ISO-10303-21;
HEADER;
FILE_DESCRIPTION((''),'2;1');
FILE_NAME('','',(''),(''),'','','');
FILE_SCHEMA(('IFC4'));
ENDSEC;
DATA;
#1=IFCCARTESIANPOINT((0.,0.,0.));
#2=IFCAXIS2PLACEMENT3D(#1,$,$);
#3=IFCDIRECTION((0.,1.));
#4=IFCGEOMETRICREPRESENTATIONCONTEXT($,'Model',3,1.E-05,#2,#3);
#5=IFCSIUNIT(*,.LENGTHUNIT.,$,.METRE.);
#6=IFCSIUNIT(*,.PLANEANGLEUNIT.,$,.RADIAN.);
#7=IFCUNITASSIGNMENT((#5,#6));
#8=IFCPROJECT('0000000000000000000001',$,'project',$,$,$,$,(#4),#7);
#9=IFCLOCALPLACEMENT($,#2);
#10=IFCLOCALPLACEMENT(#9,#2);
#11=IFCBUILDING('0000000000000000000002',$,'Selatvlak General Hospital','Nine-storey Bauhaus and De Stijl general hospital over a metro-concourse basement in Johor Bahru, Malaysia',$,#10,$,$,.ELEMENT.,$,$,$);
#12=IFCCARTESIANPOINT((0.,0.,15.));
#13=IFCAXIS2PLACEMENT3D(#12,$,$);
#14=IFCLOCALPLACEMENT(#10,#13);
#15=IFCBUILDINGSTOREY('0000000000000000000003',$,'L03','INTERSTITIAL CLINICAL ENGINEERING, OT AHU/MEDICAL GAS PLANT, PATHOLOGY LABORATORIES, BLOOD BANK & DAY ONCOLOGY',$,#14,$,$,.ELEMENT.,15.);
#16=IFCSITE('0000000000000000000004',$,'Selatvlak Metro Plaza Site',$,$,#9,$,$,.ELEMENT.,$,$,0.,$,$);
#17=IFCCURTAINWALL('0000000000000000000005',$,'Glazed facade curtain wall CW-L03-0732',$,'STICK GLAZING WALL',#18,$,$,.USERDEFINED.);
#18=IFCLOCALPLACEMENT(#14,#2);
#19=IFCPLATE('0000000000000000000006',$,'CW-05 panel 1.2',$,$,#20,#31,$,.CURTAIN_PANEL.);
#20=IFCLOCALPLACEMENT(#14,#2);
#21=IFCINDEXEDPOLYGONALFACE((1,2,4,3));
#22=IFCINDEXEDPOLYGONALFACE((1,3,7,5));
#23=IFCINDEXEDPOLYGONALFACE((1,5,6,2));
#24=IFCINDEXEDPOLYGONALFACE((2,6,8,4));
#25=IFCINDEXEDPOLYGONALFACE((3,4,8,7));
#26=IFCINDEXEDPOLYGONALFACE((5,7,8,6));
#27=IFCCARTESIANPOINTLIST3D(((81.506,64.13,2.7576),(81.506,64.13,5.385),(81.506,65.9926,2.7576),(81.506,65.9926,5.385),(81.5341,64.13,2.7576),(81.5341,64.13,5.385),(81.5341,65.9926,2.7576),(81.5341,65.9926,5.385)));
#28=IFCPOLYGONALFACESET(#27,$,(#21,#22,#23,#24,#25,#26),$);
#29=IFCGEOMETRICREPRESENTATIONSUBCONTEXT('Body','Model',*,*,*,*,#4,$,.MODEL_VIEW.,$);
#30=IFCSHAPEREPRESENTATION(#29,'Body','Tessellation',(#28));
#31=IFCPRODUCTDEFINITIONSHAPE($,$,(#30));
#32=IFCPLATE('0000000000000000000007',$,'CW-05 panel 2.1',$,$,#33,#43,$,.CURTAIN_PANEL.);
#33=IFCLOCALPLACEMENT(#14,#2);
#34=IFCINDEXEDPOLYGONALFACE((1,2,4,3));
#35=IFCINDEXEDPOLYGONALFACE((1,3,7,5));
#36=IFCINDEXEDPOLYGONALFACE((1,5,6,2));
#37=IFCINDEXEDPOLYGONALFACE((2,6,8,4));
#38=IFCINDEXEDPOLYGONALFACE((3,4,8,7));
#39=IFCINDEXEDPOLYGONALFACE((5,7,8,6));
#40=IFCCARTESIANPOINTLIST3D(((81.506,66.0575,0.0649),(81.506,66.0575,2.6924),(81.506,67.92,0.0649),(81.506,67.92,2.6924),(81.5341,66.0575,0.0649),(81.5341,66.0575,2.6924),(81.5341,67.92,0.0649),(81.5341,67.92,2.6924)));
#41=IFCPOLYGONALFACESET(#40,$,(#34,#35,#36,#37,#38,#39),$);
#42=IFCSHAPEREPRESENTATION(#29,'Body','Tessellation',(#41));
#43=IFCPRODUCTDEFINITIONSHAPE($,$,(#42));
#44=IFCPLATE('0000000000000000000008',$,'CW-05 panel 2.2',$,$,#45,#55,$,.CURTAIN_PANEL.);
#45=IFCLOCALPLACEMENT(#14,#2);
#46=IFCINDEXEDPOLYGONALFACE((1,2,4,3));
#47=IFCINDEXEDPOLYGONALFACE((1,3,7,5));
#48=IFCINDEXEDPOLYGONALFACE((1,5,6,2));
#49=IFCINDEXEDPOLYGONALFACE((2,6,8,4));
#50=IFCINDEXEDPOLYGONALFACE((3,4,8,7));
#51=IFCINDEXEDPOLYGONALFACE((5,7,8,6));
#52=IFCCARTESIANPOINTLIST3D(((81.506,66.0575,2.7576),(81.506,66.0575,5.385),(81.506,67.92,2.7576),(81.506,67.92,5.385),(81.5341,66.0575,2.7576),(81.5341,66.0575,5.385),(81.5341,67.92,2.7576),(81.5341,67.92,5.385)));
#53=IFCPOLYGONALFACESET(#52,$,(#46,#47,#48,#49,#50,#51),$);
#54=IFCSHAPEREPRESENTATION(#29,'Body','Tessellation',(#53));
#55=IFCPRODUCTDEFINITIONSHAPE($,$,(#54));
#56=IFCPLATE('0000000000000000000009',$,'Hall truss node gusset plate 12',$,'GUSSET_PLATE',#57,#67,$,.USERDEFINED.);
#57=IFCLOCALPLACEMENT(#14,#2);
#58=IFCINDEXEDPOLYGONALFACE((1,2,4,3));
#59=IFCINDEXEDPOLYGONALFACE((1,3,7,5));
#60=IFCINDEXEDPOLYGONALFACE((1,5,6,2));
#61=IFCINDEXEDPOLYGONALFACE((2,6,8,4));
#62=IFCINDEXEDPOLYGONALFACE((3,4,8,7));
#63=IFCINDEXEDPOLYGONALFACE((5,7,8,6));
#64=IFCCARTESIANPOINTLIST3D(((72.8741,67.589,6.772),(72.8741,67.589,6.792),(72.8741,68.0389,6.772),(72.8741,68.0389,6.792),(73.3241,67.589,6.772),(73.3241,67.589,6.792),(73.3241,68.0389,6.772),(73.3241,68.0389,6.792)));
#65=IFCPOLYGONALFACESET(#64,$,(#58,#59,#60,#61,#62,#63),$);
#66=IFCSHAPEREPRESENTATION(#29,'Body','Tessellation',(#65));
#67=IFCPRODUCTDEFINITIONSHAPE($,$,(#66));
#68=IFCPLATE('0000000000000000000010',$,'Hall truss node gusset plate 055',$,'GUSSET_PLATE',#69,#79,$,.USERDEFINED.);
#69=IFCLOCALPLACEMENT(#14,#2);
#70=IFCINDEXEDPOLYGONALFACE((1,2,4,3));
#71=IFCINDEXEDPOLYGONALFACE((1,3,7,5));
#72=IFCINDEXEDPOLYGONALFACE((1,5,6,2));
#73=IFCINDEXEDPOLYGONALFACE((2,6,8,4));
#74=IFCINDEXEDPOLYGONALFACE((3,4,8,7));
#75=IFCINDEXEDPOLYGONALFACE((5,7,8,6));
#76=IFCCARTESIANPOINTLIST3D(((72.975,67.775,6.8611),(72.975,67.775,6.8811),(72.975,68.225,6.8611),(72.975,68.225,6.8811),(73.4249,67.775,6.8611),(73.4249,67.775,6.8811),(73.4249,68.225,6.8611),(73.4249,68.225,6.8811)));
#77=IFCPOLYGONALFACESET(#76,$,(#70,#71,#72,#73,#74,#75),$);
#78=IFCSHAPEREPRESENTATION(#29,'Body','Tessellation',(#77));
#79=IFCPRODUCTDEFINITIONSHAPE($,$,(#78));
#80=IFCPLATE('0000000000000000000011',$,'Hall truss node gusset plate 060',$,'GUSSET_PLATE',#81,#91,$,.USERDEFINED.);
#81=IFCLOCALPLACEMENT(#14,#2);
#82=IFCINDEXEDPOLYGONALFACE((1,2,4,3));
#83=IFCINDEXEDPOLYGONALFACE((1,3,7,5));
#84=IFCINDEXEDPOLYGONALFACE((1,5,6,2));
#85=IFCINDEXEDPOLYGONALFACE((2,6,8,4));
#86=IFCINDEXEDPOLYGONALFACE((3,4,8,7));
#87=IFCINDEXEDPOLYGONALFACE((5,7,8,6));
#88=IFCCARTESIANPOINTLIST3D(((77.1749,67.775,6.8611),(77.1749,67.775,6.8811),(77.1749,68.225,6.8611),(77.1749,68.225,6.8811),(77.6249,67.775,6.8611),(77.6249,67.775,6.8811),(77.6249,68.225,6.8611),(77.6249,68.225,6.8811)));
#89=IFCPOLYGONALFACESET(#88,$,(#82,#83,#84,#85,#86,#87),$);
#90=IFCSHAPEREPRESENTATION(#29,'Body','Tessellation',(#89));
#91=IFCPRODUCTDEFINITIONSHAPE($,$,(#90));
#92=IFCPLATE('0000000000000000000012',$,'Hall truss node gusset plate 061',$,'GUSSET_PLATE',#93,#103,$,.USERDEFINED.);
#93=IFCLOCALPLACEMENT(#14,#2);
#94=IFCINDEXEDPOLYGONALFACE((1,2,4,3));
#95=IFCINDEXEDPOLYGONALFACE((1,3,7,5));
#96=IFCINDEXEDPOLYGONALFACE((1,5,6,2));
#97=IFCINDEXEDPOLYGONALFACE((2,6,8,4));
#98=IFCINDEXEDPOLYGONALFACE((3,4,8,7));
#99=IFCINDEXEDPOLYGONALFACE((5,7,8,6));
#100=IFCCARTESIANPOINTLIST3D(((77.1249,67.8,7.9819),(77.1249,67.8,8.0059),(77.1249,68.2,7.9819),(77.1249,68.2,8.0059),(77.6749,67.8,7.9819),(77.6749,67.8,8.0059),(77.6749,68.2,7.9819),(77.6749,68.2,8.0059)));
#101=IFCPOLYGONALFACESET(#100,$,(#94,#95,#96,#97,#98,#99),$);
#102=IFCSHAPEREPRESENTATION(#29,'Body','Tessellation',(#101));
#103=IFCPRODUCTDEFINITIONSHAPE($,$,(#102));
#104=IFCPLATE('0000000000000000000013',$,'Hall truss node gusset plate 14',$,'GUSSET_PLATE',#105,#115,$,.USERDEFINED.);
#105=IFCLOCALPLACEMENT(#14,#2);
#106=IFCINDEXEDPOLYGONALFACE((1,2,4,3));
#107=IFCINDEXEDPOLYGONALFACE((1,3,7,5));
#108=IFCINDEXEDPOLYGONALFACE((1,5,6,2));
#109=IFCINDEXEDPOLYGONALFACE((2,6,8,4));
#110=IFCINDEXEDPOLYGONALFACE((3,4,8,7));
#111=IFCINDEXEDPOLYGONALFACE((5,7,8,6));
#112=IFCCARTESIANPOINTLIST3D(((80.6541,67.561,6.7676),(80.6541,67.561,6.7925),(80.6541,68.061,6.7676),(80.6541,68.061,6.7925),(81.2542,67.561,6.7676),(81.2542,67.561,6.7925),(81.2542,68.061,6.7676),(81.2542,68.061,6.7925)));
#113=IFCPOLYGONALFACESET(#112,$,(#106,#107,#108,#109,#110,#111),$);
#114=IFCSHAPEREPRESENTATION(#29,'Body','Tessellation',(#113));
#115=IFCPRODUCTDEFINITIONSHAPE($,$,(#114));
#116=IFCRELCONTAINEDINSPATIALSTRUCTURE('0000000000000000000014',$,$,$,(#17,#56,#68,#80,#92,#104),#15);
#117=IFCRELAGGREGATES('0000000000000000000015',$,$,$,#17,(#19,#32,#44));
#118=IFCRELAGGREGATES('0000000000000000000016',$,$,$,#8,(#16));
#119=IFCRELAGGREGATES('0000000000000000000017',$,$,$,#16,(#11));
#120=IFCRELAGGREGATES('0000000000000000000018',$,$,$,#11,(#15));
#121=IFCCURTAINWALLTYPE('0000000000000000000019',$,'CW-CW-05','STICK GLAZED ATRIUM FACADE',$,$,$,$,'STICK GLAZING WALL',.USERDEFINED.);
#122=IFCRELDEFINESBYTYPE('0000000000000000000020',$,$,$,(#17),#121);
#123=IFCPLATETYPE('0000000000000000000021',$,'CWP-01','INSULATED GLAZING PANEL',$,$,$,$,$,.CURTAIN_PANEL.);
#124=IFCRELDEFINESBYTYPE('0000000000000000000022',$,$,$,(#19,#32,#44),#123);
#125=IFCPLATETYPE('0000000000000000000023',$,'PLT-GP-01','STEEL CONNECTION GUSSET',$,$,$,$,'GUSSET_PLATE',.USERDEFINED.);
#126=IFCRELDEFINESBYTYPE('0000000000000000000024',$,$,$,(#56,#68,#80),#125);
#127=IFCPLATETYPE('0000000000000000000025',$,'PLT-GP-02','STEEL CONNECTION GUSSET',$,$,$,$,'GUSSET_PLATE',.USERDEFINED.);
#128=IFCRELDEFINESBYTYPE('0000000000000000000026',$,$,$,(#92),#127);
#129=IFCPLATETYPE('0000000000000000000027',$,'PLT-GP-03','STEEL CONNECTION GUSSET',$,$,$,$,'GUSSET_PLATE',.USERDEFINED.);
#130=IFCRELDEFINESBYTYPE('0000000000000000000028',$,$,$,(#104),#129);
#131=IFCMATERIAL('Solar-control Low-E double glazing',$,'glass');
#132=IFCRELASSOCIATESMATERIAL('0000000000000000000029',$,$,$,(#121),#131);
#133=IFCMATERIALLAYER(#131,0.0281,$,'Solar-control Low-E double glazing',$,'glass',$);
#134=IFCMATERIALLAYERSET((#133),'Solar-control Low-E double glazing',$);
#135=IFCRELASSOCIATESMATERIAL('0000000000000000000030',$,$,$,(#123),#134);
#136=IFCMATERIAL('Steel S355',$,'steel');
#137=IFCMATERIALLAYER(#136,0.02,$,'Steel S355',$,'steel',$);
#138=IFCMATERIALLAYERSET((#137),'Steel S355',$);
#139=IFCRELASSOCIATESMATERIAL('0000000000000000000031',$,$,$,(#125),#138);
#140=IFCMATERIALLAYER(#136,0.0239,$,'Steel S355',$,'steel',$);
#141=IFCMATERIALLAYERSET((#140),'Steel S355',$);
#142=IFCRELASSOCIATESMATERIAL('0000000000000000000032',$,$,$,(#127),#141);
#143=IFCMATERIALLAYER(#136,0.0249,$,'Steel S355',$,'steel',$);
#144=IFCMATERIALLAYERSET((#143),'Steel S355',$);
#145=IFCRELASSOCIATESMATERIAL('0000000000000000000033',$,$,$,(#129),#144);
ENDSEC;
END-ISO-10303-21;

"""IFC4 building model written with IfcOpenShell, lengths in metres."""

from ifc_helpers import new_model, si_unit, direction, frame, origin, origin_2d, place, context, subcontext, project, spatial, rectangle, extrude, material, layer, layer_set, type_object, element, aggregate, save


model = new_model("IFC4")

# Units and contexts
model_context = context("Model", 3, precision=1e-05, world=origin(), true_north=direction((0.0, 1.0)))
body_context = subcontext(model_context, "Body", "Model", "MODEL_VIEW")
ifc_project = project(units=[si_unit("LENGTHUNIT", "METRE"), si_unit("PLANEANGLEUNIT", "RADIAN")], contexts=[model_context])

# Site, building, storey
site_placement = place(None, origin())
site = spatial("IfcSite", under=ifc_project, at=site_placement, Name="Selatvlak Metro Plaza Site", CompositionType="ELEMENT", RefElevation=0.0)
building_placement = place(site_placement, origin())
building = spatial("IfcBuilding", under=site, at=building_placement, Name="Selatvlak General Hospital", Description="Nine-storey Bauhaus and De Stijl general hospital over a metro-concourse basement in Johor Bahru, Malaysia", CompositionType="ELEMENT")
storey_placement = place(building_placement, frame((0.0, 0.0, 15.0)))
storey = spatial("IfcBuildingStorey", under=building, at=storey_placement, Name="L03", Description="INTERSTITIAL CLINICAL ENGINEERING, OT AHU/MEDICAL GAS PLANT, PATHOLOGY LABORATORIES, BLOOD BANK & DAY ONCOLOGY", CompositionType="ELEMENT", Elevation=15.0)

# Shared definitions
ifc_material_1 = material(Name="Steel S355", Category="steel")

# Shared definitions
ifc_material_2 = material(Name="Solar-control Low-E double glazing", Category="glass")
curtain_wall_type = type_object("IfcCurtainWallType", Name="CW-CW-05", Description="STICK GLAZED ATRIUM FACADE", ElementType="STICK GLAZING WALL", PredefinedType="USERDEFINED", material=ifc_material_2)

# Curtain wall
curtain_wall_1_placement = place(storey_placement, origin())
curtain_wall_1 = element("IfcCurtainWall", 1, at=curtain_wall_1_placement, inside=storey, type_object=curtain_wall_type, Name="Glazed facade curtain wall CW-L03-0732", ObjectType="STICK GLAZING WALL", PredefinedType="USERDEFINED")

# Plates
ifc_layer_1 = layer(ifc_material_2, 0.0281, Name="Solar-control Low-E double glazing", Category="glass")
ifc_layer_set_1 = layer_set([ifc_layer_1], Name="Solar-control Low-E double glazing")
plate_type_1 = type_object("IfcPlateType", Name="CWP-01", Description="INSULATED GLAZING PANEL", PredefinedType="CURTAIN_PANEL", material=ifc_layer_set_1)
plate_1_placement = place(storey_placement, frame((81.52, 65.0613, 2.7576), z_axis=(0.0, 0.0, 1.0), x_axis=(0.0, 1.0, 0.0)))
plate_1 = element("IfcPlate", 2, at=plate_1_placement, type_object=plate_type_1, Name="CW-05 panel 1.2", PredefinedType="CURTAIN_PANEL", context=body_context, shape_type="SweptSolid", body=[
    extrude(rectangle(XDim=1.8625, YDim=0.0281, at=origin_2d()), origin(), (0.0, 0.0, 1.0), 2.6274),
])
plate_2_placement = place(storey_placement, frame((81.52, 66.9888, 0.0649), z_axis=(0.0, 0.0, 1.0), x_axis=(0.0, 1.0, 0.0)))
plate_2 = element("IfcPlate", 3, at=plate_2_placement, type_object=plate_type_1, Name="CW-05 panel 2.1", PredefinedType="CURTAIN_PANEL", context=body_context, shape_type="SweptSolid", body=[
    extrude(rectangle(XDim=1.8625, YDim=0.0281, at=origin_2d()), origin(), (0.0, 0.0, 1.0), 2.6274),
])
plate_3_placement = place(storey_placement, frame((81.52, 66.9888, 2.7576), z_axis=(0.0, 0.0, 1.0), x_axis=(0.0, 1.0, 0.0)))
plate_3 = element("IfcPlate", 4, at=plate_3_placement, type_object=plate_type_1, Name="CW-05 panel 2.2", PredefinedType="CURTAIN_PANEL", context=body_context, shape_type="SweptSolid", body=[
    extrude(rectangle(XDim=1.8625, YDim=0.0281, at=origin_2d()), origin(), (0.0, 0.0, 1.0), 2.6274),
])
aggregate(curtain_wall_1, [plate_1, plate_2, plate_3])

# Plates
ifc_layer_2 = layer(ifc_material_1, 0.02, Name="Steel S355", Category="steel")
ifc_layer_set_2 = layer_set([ifc_layer_2], Name="Steel S355")
plate_type_2 = type_object("IfcPlateType", Name="PLT-GP-01", Description="STEEL CONNECTION GUSSET", ElementType="GUSSET_PLATE", PredefinedType="USERDEFINED", material=ifc_layer_set_2)
for number, where, z_axis, x_axis, name in (
    (5, (73.0991, 67.814, 6.772), (0.0, 0.0, 1.0), (1.0, 0.0, 0.0), "Hall truss node gusset plate 12"),
    (6, (73.2, 68.0, 6.8611), (0.0, 0.0, 1.0), (1.0, 0.0, 0.0), "Hall truss node gusset plate 055"),
    (7, (77.3999, 68.0, 6.8611), (0.0, 0.0, 1.0), (1.0, 0.0, 0.0), "Hall truss node gusset plate 060"),
):
    element("IfcPlate", number, at=place(storey_placement, frame(where, z_axis=z_axis, x_axis=x_axis)), inside=storey, type_object=plate_type_2, Name=name, ObjectType="GUSSET_PLATE", PredefinedType="USERDEFINED", context=body_context, shape_type="SweptSolid", body=[
        extrude(rectangle(XDim=0.45, YDim=0.45, at=origin_2d()), origin(), (0.0, 0.0, 1.0), 0.02),
    ])
ifc_layer_3 = layer(ifc_material_1, 0.0239, Name="Steel S355", Category="steel")
ifc_layer_set_3 = layer_set([ifc_layer_3], Name="Steel S355")
plate_type_3 = type_object("IfcPlateType", Name="PLT-GP-02", Description="STEEL CONNECTION GUSSET", ElementType="GUSSET_PLATE", PredefinedType="USERDEFINED", material=ifc_layer_set_3)
plate_4_placement = place(storey_placement, frame((77.3999, 68.0, 7.9819), z_axis=(0.0, 0.0, 1.0), x_axis=(1.0, 0.0, 0.0)))
element("IfcPlate", 8, at=plate_4_placement, inside=storey, type_object=plate_type_3, Name="Hall truss node gusset plate 061", ObjectType="GUSSET_PLATE", PredefinedType="USERDEFINED", context=body_context, shape_type="SweptSolid", body=[
    extrude(rectangle(XDim=0.55, YDim=0.3999, at=origin_2d()), origin(), (0.0, 0.0, 1.0), 0.0239),
])
ifc_layer_4 = layer(ifc_material_1, 0.0249, Name="Steel S355", Category="steel")
ifc_layer_set_4 = layer_set([ifc_layer_4], Name="Steel S355")
plate_type_4 = type_object("IfcPlateType", Name="PLT-GP-03", Description="STEEL CONNECTION GUSSET", ElementType="GUSSET_PLATE", PredefinedType="USERDEFINED", material=ifc_layer_set_4)
plate_5_placement = place(storey_placement, frame((80.9541, 67.811, 6.7676), z_axis=(0.0, 0.0, 1.0), x_axis=(1.0, 0.0, 0.0)))
element("IfcPlate", 9, at=plate_5_placement, inside=storey, type_object=plate_type_4, Name="Hall truss node gusset plate 14", ObjectType="GUSSET_PLATE", PredefinedType="USERDEFINED", context=body_context, shape_type="SweptSolid", body=[
    extrude(rectangle(XDim=0.6001, YDim=0.5, at=origin_2d()), origin(), (0.0, 0.0, 1.0), 0.0249),
])

save(model, "model.ifc")
